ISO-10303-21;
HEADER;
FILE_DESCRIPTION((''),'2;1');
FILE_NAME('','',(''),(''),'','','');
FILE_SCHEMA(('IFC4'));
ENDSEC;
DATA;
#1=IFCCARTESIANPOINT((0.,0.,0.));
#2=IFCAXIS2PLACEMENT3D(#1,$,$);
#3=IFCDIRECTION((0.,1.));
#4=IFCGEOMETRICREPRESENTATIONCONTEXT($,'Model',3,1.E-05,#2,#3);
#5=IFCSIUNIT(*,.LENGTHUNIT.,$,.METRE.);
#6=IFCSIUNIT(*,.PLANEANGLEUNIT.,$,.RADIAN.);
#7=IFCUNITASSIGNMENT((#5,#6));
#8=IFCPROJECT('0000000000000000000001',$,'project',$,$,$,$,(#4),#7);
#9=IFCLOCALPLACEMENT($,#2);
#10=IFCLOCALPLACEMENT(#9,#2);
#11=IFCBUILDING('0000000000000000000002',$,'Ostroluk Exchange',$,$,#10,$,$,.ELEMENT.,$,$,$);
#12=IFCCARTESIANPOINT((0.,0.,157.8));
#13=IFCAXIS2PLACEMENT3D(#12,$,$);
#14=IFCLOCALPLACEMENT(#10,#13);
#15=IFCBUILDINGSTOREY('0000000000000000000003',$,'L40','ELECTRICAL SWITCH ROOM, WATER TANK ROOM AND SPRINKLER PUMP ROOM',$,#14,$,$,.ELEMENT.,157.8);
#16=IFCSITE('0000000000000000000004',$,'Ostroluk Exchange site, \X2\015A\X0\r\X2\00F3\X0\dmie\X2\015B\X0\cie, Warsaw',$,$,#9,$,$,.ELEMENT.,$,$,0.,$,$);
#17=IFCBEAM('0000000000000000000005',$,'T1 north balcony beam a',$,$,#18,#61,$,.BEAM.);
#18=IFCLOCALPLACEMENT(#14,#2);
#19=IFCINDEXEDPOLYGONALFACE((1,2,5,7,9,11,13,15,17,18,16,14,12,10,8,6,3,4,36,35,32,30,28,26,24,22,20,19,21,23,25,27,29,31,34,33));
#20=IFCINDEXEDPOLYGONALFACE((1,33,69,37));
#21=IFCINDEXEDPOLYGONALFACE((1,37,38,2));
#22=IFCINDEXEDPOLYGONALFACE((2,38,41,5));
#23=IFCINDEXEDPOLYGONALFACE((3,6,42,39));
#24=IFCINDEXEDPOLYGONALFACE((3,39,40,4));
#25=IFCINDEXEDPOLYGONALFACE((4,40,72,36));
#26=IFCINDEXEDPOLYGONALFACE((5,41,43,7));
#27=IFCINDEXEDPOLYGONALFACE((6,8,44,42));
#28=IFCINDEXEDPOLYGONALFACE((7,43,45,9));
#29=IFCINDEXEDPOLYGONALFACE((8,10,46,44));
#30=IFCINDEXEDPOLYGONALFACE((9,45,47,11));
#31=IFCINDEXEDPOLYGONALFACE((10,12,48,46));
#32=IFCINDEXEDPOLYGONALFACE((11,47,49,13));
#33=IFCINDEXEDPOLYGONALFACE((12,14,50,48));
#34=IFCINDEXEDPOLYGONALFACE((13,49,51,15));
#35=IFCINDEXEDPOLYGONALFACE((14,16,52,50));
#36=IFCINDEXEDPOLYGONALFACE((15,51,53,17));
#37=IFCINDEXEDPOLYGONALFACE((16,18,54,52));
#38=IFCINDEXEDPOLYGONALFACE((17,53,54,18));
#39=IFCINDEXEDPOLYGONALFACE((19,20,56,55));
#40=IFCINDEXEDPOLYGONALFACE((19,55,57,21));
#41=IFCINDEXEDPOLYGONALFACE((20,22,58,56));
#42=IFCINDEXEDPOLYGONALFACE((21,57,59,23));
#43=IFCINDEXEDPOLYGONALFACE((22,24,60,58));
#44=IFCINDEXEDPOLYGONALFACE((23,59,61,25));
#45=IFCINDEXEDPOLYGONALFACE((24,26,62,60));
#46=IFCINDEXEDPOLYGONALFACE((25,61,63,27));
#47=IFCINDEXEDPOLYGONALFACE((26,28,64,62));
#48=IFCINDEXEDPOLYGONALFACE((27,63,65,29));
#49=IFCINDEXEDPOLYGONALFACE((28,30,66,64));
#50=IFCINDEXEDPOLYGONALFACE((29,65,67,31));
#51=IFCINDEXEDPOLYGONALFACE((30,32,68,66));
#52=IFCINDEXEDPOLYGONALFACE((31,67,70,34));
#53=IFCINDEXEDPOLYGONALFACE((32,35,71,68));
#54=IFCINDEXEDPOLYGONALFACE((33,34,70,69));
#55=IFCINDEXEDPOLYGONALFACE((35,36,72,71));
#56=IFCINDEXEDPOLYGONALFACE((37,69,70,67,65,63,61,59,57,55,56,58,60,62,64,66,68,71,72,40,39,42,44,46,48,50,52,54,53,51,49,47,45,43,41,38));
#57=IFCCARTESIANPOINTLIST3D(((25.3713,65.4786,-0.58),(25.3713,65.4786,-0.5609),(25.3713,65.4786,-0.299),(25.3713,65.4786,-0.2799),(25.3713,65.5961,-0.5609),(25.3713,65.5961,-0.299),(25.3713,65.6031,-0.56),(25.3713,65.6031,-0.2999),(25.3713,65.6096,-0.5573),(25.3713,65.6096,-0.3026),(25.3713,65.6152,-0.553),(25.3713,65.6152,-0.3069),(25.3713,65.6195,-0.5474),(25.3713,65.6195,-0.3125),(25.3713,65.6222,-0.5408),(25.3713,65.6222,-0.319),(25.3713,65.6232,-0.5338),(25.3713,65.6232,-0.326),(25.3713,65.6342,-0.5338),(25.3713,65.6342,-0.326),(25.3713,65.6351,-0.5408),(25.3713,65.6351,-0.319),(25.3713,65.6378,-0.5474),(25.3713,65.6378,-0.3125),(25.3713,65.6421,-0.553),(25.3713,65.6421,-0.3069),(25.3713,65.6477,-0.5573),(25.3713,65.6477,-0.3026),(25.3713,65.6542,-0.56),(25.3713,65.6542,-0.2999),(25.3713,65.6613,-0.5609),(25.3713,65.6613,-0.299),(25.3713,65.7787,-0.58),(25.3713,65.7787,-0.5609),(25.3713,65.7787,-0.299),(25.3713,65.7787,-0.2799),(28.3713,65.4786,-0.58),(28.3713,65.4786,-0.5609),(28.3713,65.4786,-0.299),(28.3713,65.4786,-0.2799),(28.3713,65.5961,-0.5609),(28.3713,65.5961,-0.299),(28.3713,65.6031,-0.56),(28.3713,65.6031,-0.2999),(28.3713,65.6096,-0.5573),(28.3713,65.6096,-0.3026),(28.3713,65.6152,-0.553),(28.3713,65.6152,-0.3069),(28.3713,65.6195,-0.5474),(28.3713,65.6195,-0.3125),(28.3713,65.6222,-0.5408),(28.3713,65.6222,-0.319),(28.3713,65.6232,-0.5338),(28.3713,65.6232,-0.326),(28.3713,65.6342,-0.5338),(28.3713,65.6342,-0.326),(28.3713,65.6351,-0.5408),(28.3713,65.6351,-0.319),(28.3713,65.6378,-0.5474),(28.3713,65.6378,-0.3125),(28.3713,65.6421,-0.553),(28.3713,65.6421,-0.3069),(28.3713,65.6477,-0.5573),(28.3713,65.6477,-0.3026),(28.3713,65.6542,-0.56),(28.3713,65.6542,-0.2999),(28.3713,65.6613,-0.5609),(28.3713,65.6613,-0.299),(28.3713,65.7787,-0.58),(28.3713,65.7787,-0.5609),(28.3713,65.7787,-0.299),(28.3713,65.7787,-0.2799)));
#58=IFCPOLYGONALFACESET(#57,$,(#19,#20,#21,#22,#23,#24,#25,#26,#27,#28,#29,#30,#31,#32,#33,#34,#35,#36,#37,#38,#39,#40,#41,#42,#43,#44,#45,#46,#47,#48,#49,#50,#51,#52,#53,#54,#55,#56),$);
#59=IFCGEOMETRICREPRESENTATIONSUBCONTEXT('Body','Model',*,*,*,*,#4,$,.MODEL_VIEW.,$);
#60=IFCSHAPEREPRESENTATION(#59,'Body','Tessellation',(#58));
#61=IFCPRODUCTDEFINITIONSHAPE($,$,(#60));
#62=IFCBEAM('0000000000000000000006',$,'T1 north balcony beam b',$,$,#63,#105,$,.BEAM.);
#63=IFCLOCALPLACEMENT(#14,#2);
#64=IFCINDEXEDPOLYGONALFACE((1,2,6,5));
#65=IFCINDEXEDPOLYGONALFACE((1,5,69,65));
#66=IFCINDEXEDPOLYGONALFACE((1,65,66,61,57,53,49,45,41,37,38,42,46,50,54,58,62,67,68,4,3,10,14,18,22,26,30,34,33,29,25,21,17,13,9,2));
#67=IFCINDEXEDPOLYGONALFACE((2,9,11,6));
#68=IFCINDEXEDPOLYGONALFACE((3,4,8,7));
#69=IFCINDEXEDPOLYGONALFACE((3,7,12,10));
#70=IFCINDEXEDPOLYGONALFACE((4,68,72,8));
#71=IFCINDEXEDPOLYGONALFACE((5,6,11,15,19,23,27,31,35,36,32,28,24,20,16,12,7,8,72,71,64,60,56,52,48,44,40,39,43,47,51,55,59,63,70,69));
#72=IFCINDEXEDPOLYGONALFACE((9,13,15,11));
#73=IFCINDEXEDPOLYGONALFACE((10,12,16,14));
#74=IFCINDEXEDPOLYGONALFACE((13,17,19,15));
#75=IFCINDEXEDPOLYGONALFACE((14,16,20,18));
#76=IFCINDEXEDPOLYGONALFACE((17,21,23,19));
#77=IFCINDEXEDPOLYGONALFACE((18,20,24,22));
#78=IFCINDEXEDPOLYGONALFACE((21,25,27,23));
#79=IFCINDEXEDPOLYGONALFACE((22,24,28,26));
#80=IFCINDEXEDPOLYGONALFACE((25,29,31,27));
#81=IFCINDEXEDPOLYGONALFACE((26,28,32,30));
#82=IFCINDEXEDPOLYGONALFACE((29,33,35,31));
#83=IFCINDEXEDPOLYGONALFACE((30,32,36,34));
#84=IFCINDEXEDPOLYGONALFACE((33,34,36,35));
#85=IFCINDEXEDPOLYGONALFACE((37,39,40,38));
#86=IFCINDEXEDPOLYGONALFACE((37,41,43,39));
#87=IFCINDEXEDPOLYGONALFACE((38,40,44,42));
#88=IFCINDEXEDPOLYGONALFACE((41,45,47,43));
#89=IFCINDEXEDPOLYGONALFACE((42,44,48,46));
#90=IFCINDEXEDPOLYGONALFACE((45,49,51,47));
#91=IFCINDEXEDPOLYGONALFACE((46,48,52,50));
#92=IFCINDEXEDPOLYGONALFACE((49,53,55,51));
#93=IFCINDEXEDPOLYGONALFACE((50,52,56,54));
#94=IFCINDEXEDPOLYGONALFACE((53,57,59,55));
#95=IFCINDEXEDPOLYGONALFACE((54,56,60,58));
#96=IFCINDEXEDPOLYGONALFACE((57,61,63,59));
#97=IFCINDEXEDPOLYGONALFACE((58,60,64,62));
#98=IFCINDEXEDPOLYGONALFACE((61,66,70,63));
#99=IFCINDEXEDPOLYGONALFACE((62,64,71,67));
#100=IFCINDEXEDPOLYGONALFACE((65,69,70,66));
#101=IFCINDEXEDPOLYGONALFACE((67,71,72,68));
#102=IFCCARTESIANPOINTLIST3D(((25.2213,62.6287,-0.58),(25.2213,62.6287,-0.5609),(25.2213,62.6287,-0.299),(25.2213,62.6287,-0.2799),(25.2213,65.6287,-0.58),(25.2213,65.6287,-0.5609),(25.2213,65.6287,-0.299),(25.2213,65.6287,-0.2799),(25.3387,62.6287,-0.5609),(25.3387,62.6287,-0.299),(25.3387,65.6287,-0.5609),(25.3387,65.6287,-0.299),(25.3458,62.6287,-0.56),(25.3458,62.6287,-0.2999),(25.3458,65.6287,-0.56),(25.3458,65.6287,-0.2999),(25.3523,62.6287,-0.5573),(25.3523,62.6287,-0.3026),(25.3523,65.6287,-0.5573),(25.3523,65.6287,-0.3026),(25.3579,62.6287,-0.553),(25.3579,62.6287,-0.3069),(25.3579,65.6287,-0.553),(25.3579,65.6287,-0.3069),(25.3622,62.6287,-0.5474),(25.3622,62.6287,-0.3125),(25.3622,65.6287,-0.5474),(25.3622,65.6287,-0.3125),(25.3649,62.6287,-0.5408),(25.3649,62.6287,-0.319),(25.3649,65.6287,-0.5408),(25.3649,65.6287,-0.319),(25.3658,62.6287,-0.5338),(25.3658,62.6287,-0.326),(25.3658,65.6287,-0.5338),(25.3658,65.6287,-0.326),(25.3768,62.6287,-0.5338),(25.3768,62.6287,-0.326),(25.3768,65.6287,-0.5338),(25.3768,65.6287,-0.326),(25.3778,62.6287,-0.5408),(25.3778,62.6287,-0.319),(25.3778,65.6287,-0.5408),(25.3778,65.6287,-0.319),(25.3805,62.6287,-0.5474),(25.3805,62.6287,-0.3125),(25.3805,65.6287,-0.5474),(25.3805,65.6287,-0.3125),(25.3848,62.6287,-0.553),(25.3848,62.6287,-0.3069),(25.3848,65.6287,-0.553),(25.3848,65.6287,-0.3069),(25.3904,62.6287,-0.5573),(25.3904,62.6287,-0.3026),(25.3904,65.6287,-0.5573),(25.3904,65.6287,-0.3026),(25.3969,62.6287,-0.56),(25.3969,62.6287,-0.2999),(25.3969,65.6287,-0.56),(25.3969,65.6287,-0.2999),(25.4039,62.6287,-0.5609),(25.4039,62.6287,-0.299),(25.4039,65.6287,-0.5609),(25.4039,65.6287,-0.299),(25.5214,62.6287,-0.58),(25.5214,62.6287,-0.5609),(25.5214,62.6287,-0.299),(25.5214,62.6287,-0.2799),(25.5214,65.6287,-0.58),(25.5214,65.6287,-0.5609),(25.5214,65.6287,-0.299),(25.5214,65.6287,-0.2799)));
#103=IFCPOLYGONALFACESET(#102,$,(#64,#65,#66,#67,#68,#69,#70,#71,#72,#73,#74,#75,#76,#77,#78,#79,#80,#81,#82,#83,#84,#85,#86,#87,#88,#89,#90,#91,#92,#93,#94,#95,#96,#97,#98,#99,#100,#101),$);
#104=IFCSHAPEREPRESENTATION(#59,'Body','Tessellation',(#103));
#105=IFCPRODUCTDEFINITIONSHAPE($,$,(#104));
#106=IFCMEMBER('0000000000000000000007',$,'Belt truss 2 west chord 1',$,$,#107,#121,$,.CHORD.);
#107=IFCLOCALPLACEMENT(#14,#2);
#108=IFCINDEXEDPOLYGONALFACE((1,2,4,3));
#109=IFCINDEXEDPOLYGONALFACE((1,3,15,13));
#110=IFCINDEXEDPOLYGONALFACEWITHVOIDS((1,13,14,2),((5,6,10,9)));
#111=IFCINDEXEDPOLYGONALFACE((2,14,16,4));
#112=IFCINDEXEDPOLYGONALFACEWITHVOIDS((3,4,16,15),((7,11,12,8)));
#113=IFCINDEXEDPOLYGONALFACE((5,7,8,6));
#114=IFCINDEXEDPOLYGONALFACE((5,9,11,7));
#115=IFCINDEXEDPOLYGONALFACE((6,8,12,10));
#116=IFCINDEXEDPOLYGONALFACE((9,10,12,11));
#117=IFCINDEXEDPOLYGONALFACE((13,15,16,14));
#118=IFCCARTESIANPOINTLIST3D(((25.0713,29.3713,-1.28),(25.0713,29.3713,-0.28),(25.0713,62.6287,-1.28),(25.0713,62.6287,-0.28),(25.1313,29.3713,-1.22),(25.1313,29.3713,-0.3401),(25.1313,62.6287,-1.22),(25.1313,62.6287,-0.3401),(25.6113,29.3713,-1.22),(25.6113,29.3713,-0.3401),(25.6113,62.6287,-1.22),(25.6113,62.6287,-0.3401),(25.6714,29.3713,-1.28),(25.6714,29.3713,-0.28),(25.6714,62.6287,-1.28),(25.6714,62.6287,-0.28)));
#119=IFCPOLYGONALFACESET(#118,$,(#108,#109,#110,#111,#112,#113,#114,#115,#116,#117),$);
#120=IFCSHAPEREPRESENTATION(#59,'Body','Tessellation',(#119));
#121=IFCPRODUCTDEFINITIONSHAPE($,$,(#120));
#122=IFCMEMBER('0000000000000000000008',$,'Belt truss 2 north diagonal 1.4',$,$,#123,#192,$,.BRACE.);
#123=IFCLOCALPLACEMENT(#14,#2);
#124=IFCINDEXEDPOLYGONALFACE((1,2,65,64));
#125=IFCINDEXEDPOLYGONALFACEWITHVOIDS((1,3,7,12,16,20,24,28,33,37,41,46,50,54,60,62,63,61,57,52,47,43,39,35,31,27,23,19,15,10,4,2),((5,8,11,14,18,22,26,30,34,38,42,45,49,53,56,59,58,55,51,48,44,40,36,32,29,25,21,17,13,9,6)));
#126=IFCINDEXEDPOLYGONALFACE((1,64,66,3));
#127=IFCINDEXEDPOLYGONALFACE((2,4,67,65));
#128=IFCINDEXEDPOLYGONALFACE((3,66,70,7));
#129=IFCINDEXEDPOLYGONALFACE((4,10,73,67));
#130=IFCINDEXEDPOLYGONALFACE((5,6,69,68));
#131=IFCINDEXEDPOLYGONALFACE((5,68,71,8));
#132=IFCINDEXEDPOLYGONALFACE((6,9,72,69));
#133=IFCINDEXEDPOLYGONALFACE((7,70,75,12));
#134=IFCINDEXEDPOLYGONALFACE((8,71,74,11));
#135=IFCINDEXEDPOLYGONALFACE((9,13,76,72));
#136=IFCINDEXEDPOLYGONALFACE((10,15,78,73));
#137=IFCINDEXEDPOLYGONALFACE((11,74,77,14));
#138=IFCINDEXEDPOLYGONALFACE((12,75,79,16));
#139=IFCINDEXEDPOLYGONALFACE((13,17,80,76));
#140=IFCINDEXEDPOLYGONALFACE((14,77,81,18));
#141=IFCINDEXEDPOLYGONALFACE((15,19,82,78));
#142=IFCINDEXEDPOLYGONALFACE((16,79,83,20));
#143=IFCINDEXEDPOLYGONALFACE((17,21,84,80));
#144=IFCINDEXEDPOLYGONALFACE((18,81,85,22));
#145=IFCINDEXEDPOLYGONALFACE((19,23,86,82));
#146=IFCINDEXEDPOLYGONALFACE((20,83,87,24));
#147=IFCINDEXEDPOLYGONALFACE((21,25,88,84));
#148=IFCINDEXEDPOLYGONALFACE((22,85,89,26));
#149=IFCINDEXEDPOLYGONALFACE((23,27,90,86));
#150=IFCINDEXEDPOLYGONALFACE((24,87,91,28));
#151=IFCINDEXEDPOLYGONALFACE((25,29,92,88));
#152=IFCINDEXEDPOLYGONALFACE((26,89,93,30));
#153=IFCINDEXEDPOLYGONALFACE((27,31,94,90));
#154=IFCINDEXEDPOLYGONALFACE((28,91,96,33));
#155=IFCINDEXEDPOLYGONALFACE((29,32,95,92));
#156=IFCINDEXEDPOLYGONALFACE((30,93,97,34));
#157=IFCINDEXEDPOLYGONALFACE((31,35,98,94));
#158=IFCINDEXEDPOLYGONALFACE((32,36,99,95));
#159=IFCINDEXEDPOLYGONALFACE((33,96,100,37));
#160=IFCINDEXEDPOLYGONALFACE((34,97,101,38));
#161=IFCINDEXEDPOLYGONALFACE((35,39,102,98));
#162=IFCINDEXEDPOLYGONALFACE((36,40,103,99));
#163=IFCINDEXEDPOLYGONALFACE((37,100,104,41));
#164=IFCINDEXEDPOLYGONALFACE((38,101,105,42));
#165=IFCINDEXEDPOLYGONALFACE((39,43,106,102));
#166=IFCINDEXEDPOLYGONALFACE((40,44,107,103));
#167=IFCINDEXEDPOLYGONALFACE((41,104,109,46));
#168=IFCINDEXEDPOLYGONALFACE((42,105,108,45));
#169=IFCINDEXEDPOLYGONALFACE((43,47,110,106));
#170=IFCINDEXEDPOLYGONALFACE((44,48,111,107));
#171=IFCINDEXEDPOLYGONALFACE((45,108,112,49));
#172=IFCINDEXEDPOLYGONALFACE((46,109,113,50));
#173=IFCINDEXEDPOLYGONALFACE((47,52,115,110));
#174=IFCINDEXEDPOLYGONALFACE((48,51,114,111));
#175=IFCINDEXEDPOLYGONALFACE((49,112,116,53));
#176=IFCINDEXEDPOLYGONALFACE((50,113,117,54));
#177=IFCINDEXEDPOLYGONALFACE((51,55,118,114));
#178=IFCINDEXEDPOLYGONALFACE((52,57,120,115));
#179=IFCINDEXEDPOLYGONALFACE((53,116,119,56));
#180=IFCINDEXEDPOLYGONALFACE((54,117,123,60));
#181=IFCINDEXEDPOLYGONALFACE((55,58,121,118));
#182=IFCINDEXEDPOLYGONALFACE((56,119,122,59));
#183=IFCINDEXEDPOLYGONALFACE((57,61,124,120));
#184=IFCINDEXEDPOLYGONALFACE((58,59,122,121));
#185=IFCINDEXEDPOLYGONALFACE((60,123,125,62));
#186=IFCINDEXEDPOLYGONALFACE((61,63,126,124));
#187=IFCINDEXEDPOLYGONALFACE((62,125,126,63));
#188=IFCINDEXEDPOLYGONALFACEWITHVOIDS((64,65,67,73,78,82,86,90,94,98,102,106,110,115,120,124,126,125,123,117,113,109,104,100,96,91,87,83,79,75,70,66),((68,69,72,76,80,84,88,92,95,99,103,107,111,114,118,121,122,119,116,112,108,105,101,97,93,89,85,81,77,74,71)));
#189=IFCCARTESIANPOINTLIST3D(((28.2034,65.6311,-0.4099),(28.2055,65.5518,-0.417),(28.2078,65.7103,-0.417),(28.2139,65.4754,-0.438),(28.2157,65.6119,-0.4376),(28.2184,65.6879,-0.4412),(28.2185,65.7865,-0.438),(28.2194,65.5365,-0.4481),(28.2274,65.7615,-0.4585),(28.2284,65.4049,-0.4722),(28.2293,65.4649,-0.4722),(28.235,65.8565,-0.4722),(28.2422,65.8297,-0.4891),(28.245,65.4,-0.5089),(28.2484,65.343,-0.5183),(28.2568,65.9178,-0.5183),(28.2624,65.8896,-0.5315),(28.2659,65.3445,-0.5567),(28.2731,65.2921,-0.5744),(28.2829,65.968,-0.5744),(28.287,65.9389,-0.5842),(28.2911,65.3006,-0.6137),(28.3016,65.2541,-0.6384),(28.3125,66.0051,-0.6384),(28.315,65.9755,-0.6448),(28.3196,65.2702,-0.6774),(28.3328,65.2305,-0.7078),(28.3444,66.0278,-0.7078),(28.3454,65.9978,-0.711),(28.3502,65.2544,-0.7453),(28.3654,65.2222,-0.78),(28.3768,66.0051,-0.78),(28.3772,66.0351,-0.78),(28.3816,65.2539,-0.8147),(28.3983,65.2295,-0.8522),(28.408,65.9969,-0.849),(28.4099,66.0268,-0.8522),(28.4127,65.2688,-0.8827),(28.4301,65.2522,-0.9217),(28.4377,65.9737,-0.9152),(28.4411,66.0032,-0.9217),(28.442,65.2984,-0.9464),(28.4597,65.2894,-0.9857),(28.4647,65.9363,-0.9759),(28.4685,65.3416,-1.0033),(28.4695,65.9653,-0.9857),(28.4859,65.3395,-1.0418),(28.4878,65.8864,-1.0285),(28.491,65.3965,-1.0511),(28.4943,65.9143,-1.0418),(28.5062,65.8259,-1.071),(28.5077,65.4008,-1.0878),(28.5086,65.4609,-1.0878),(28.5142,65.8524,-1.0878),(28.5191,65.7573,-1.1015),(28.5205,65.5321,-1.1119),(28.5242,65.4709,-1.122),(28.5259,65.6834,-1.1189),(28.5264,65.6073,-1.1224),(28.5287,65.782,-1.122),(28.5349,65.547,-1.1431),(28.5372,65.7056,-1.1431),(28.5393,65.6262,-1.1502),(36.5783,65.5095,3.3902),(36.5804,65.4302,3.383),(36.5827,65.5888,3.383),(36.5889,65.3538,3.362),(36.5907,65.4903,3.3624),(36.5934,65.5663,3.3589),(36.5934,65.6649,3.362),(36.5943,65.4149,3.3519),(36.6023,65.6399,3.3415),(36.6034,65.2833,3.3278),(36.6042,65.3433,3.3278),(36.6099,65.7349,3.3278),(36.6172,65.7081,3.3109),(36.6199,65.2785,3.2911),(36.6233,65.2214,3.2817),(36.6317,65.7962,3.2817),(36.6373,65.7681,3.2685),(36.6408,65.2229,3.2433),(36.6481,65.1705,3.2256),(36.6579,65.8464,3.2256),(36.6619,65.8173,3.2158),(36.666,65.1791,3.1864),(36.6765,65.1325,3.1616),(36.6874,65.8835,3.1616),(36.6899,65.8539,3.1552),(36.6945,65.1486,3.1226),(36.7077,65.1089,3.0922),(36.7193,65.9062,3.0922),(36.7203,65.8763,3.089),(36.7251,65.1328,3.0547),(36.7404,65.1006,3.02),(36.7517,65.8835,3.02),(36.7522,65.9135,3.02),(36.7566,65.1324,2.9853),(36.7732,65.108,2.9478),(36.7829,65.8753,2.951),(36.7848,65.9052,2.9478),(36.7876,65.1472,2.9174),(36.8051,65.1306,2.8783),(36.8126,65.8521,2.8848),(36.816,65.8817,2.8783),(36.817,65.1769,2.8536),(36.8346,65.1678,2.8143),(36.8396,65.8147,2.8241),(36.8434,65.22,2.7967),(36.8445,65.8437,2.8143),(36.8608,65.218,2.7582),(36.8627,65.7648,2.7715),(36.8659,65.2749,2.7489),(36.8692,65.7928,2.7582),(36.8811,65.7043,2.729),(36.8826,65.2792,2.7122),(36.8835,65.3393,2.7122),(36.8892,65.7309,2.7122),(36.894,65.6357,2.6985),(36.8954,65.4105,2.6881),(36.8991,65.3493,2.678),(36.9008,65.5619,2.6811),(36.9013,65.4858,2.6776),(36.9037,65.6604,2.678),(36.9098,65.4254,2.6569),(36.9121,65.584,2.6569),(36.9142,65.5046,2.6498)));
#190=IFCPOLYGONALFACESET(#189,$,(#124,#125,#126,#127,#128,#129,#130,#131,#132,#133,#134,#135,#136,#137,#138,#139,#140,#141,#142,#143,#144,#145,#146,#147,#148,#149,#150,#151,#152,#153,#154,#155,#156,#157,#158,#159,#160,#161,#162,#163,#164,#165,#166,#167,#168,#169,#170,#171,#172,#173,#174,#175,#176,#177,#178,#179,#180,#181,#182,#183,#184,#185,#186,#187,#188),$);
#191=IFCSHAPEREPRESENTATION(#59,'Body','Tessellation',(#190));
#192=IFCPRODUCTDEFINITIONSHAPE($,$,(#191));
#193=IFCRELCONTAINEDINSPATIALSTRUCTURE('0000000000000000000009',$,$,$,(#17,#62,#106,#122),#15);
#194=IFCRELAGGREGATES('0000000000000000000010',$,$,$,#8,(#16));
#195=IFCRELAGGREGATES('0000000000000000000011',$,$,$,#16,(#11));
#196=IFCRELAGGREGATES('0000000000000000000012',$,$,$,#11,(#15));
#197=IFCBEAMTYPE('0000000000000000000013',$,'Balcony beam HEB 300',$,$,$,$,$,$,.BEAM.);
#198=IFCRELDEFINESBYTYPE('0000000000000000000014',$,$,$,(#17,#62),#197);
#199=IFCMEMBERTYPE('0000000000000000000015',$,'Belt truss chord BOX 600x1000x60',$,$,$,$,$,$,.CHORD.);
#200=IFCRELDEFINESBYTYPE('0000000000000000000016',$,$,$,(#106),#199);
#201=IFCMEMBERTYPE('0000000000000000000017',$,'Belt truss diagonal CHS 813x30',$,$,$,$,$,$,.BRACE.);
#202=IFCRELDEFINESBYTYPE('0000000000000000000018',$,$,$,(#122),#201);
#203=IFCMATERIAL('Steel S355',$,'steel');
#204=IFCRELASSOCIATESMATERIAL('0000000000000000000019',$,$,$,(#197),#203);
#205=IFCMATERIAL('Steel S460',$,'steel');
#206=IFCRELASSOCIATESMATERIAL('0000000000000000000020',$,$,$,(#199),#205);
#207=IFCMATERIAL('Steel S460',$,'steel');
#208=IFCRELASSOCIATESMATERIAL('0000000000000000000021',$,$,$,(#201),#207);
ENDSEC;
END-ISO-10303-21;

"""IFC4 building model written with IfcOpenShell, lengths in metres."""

from ifc_helpers import new_model, si_unit, direction, frame, origin, origin_2d, place, context, subcontext, project, spatial, hollow_rectangle, hollow_circle, i_section, extrude, material, material_profile, profile_set, type_object, element, save


model = new_model("IFC4")

# Units and contexts
model_context = context("Model", 3, precision=1e-05, world=origin(), true_north=direction((0.0, 1.0)))
body_context = subcontext(model_context, "Body", "Model", "MODEL_VIEW")
ifc_project = project(units=[si_unit("LENGTHUNIT", "METRE"), si_unit("PLANEANGLEUNIT", "RADIAN")], contexts=[model_context])

# Site, building, storey
site_placement = place(None, origin())
site = spatial("IfcSite", under=ifc_project, at=site_placement, Name="Ostroluk Exchange site, Śródmieście, Warsaw", CompositionType="ELEMENT", RefElevation=0.0)
building_placement = place(site_placement, origin())
building = spatial("IfcBuilding", under=site, at=building_placement, Name="Ostroluk Exchange", CompositionType="ELEMENT")
storey_placement = place(building_placement, frame((0.0, 0.0, 157.8)))
storey = spatial("IfcBuildingStorey", under=building, at=storey_placement, Name="L40", Description="ELECTRICAL SWITCH ROOM, WATER TANK ROOM AND SPRINKLER PUMP ROOM", CompositionType="ELEMENT", Elevation=157.8)

# Beams
ifc_material_1 = material(Name="Steel S355", Category="steel")
ifc_material_profile_1 = material_profile(ifc_material_1, i_section(OverallWidth=0.3, OverallDepth=0.3, WebThickness=0.011, FlangeThickness=0.019, FilletRadius=0.0271, at=origin_2d()), Name="HEB 300")
ifc_profile_set_1 = profile_set([ifc_material_profile_1], Name="Steel S355")
beam_type = type_object("IfcBeamType", Name="Balcony beam HEB 300", PredefinedType="BEAM", material=ifc_profile_set_1)
for number, where, z_axis, x_axis, name in (
    (1, (28.3713, 65.6287, -0.4299), (-1.0, 0.0, 0.0), (0.0, -1.0, 0.0), "T1 north balcony beam a"),
    (2, (25.3713, 62.6287, -0.4299), (0.0, 1.0, 0.0), (-1.0, 0.0, 0.0), "T1 north balcony beam b"),
):
    element("IfcBeam", number, at=place(storey_placement, frame(where, z_axis=z_axis, x_axis=x_axis)), inside=storey, type_object=beam_type, Name=name, PredefinedType="BEAM", context=body_context, shape_type="SweptSolid", body=[
        extrude(i_section(OverallWidth=0.3, OverallDepth=0.3, WebThickness=0.011, FlangeThickness=0.019, FilletRadius=0.0271, at=origin_2d()), origin(), (0.0, 0.0, 1.0), 3.0),
    ])

# Members
ifc_material_2 = material(Name="Steel S460", Category="steel")
ifc_material_profile_2 = material_profile(ifc_material_2, hollow_rectangle(XDim=0.6001, YDim=1.0, WallThickness=0.0601, at=origin_2d()), Name="BOX 600x1000x60")
ifc_profile_set_2 = profile_set([ifc_material_profile_2], Name="Steel S460")
member_type_1 = type_object("IfcMemberType", Name="Belt truss chord BOX 600x1000x60", PredefinedType="CHORD", material=ifc_profile_set_2)
member_1_placement = place(storey_placement, frame((25.3713, 62.6287, -0.78), z_axis=(0.0, -1.0, 0.0), x_axis=(1.0, 0.0, 0.0)))
element("IfcMember", 3, at=member_1_placement, inside=storey, type_object=member_type_1, Name="Belt truss 2 west chord 1", PredefinedType="CHORD", context=body_context, shape_type="SweptSolid", body=[
    extrude(hollow_rectangle(XDim=0.6001, YDim=1.0, WallThickness=0.0601, at=origin_2d()), origin(), (0.0, 0.0, 1.0), 33.2573),
])
ifc_material_3 = material(Name="Steel S460", Category="steel")
ifc_material_profile_3 = material_profile(ifc_material_3, hollow_circle(Radius=0.4065, WallThickness=0.03, at=origin_2d()), Name="CHS 813x30")
ifc_profile_set_3 = profile_set([ifc_material_profile_3], Name="Steel S460")
member_type_2 = type_object("IfcMemberType", Name="Belt truss diagonal CHS 813x30", PredefinedType="BRACE", material=ifc_profile_set_3)
for number, where, z_axis, x_axis, name in (
    (4, (28.3713, 65.6287, -0.78), (0.910564, -0.013219, 0.413157), (0.014516, 0.999895, 0.0), "Belt truss 2 north diagonal 1.4"),
):
    element("IfcMember", number, at=place(storey_placement, frame(where, z_axis=z_axis, x_axis=x_axis)), inside=storey, type_object=member_type_2, Name=name, PredefinedType="BRACE", context=body_context, shape_type="SweptSolid", body=[
        extrude(hollow_circle(Radius=0.4065, WallThickness=0.03, at=origin_2d()), origin(), (0.0, 0.0, 1.0), 9.1975),
    ])

save(model, "model.ifc")
